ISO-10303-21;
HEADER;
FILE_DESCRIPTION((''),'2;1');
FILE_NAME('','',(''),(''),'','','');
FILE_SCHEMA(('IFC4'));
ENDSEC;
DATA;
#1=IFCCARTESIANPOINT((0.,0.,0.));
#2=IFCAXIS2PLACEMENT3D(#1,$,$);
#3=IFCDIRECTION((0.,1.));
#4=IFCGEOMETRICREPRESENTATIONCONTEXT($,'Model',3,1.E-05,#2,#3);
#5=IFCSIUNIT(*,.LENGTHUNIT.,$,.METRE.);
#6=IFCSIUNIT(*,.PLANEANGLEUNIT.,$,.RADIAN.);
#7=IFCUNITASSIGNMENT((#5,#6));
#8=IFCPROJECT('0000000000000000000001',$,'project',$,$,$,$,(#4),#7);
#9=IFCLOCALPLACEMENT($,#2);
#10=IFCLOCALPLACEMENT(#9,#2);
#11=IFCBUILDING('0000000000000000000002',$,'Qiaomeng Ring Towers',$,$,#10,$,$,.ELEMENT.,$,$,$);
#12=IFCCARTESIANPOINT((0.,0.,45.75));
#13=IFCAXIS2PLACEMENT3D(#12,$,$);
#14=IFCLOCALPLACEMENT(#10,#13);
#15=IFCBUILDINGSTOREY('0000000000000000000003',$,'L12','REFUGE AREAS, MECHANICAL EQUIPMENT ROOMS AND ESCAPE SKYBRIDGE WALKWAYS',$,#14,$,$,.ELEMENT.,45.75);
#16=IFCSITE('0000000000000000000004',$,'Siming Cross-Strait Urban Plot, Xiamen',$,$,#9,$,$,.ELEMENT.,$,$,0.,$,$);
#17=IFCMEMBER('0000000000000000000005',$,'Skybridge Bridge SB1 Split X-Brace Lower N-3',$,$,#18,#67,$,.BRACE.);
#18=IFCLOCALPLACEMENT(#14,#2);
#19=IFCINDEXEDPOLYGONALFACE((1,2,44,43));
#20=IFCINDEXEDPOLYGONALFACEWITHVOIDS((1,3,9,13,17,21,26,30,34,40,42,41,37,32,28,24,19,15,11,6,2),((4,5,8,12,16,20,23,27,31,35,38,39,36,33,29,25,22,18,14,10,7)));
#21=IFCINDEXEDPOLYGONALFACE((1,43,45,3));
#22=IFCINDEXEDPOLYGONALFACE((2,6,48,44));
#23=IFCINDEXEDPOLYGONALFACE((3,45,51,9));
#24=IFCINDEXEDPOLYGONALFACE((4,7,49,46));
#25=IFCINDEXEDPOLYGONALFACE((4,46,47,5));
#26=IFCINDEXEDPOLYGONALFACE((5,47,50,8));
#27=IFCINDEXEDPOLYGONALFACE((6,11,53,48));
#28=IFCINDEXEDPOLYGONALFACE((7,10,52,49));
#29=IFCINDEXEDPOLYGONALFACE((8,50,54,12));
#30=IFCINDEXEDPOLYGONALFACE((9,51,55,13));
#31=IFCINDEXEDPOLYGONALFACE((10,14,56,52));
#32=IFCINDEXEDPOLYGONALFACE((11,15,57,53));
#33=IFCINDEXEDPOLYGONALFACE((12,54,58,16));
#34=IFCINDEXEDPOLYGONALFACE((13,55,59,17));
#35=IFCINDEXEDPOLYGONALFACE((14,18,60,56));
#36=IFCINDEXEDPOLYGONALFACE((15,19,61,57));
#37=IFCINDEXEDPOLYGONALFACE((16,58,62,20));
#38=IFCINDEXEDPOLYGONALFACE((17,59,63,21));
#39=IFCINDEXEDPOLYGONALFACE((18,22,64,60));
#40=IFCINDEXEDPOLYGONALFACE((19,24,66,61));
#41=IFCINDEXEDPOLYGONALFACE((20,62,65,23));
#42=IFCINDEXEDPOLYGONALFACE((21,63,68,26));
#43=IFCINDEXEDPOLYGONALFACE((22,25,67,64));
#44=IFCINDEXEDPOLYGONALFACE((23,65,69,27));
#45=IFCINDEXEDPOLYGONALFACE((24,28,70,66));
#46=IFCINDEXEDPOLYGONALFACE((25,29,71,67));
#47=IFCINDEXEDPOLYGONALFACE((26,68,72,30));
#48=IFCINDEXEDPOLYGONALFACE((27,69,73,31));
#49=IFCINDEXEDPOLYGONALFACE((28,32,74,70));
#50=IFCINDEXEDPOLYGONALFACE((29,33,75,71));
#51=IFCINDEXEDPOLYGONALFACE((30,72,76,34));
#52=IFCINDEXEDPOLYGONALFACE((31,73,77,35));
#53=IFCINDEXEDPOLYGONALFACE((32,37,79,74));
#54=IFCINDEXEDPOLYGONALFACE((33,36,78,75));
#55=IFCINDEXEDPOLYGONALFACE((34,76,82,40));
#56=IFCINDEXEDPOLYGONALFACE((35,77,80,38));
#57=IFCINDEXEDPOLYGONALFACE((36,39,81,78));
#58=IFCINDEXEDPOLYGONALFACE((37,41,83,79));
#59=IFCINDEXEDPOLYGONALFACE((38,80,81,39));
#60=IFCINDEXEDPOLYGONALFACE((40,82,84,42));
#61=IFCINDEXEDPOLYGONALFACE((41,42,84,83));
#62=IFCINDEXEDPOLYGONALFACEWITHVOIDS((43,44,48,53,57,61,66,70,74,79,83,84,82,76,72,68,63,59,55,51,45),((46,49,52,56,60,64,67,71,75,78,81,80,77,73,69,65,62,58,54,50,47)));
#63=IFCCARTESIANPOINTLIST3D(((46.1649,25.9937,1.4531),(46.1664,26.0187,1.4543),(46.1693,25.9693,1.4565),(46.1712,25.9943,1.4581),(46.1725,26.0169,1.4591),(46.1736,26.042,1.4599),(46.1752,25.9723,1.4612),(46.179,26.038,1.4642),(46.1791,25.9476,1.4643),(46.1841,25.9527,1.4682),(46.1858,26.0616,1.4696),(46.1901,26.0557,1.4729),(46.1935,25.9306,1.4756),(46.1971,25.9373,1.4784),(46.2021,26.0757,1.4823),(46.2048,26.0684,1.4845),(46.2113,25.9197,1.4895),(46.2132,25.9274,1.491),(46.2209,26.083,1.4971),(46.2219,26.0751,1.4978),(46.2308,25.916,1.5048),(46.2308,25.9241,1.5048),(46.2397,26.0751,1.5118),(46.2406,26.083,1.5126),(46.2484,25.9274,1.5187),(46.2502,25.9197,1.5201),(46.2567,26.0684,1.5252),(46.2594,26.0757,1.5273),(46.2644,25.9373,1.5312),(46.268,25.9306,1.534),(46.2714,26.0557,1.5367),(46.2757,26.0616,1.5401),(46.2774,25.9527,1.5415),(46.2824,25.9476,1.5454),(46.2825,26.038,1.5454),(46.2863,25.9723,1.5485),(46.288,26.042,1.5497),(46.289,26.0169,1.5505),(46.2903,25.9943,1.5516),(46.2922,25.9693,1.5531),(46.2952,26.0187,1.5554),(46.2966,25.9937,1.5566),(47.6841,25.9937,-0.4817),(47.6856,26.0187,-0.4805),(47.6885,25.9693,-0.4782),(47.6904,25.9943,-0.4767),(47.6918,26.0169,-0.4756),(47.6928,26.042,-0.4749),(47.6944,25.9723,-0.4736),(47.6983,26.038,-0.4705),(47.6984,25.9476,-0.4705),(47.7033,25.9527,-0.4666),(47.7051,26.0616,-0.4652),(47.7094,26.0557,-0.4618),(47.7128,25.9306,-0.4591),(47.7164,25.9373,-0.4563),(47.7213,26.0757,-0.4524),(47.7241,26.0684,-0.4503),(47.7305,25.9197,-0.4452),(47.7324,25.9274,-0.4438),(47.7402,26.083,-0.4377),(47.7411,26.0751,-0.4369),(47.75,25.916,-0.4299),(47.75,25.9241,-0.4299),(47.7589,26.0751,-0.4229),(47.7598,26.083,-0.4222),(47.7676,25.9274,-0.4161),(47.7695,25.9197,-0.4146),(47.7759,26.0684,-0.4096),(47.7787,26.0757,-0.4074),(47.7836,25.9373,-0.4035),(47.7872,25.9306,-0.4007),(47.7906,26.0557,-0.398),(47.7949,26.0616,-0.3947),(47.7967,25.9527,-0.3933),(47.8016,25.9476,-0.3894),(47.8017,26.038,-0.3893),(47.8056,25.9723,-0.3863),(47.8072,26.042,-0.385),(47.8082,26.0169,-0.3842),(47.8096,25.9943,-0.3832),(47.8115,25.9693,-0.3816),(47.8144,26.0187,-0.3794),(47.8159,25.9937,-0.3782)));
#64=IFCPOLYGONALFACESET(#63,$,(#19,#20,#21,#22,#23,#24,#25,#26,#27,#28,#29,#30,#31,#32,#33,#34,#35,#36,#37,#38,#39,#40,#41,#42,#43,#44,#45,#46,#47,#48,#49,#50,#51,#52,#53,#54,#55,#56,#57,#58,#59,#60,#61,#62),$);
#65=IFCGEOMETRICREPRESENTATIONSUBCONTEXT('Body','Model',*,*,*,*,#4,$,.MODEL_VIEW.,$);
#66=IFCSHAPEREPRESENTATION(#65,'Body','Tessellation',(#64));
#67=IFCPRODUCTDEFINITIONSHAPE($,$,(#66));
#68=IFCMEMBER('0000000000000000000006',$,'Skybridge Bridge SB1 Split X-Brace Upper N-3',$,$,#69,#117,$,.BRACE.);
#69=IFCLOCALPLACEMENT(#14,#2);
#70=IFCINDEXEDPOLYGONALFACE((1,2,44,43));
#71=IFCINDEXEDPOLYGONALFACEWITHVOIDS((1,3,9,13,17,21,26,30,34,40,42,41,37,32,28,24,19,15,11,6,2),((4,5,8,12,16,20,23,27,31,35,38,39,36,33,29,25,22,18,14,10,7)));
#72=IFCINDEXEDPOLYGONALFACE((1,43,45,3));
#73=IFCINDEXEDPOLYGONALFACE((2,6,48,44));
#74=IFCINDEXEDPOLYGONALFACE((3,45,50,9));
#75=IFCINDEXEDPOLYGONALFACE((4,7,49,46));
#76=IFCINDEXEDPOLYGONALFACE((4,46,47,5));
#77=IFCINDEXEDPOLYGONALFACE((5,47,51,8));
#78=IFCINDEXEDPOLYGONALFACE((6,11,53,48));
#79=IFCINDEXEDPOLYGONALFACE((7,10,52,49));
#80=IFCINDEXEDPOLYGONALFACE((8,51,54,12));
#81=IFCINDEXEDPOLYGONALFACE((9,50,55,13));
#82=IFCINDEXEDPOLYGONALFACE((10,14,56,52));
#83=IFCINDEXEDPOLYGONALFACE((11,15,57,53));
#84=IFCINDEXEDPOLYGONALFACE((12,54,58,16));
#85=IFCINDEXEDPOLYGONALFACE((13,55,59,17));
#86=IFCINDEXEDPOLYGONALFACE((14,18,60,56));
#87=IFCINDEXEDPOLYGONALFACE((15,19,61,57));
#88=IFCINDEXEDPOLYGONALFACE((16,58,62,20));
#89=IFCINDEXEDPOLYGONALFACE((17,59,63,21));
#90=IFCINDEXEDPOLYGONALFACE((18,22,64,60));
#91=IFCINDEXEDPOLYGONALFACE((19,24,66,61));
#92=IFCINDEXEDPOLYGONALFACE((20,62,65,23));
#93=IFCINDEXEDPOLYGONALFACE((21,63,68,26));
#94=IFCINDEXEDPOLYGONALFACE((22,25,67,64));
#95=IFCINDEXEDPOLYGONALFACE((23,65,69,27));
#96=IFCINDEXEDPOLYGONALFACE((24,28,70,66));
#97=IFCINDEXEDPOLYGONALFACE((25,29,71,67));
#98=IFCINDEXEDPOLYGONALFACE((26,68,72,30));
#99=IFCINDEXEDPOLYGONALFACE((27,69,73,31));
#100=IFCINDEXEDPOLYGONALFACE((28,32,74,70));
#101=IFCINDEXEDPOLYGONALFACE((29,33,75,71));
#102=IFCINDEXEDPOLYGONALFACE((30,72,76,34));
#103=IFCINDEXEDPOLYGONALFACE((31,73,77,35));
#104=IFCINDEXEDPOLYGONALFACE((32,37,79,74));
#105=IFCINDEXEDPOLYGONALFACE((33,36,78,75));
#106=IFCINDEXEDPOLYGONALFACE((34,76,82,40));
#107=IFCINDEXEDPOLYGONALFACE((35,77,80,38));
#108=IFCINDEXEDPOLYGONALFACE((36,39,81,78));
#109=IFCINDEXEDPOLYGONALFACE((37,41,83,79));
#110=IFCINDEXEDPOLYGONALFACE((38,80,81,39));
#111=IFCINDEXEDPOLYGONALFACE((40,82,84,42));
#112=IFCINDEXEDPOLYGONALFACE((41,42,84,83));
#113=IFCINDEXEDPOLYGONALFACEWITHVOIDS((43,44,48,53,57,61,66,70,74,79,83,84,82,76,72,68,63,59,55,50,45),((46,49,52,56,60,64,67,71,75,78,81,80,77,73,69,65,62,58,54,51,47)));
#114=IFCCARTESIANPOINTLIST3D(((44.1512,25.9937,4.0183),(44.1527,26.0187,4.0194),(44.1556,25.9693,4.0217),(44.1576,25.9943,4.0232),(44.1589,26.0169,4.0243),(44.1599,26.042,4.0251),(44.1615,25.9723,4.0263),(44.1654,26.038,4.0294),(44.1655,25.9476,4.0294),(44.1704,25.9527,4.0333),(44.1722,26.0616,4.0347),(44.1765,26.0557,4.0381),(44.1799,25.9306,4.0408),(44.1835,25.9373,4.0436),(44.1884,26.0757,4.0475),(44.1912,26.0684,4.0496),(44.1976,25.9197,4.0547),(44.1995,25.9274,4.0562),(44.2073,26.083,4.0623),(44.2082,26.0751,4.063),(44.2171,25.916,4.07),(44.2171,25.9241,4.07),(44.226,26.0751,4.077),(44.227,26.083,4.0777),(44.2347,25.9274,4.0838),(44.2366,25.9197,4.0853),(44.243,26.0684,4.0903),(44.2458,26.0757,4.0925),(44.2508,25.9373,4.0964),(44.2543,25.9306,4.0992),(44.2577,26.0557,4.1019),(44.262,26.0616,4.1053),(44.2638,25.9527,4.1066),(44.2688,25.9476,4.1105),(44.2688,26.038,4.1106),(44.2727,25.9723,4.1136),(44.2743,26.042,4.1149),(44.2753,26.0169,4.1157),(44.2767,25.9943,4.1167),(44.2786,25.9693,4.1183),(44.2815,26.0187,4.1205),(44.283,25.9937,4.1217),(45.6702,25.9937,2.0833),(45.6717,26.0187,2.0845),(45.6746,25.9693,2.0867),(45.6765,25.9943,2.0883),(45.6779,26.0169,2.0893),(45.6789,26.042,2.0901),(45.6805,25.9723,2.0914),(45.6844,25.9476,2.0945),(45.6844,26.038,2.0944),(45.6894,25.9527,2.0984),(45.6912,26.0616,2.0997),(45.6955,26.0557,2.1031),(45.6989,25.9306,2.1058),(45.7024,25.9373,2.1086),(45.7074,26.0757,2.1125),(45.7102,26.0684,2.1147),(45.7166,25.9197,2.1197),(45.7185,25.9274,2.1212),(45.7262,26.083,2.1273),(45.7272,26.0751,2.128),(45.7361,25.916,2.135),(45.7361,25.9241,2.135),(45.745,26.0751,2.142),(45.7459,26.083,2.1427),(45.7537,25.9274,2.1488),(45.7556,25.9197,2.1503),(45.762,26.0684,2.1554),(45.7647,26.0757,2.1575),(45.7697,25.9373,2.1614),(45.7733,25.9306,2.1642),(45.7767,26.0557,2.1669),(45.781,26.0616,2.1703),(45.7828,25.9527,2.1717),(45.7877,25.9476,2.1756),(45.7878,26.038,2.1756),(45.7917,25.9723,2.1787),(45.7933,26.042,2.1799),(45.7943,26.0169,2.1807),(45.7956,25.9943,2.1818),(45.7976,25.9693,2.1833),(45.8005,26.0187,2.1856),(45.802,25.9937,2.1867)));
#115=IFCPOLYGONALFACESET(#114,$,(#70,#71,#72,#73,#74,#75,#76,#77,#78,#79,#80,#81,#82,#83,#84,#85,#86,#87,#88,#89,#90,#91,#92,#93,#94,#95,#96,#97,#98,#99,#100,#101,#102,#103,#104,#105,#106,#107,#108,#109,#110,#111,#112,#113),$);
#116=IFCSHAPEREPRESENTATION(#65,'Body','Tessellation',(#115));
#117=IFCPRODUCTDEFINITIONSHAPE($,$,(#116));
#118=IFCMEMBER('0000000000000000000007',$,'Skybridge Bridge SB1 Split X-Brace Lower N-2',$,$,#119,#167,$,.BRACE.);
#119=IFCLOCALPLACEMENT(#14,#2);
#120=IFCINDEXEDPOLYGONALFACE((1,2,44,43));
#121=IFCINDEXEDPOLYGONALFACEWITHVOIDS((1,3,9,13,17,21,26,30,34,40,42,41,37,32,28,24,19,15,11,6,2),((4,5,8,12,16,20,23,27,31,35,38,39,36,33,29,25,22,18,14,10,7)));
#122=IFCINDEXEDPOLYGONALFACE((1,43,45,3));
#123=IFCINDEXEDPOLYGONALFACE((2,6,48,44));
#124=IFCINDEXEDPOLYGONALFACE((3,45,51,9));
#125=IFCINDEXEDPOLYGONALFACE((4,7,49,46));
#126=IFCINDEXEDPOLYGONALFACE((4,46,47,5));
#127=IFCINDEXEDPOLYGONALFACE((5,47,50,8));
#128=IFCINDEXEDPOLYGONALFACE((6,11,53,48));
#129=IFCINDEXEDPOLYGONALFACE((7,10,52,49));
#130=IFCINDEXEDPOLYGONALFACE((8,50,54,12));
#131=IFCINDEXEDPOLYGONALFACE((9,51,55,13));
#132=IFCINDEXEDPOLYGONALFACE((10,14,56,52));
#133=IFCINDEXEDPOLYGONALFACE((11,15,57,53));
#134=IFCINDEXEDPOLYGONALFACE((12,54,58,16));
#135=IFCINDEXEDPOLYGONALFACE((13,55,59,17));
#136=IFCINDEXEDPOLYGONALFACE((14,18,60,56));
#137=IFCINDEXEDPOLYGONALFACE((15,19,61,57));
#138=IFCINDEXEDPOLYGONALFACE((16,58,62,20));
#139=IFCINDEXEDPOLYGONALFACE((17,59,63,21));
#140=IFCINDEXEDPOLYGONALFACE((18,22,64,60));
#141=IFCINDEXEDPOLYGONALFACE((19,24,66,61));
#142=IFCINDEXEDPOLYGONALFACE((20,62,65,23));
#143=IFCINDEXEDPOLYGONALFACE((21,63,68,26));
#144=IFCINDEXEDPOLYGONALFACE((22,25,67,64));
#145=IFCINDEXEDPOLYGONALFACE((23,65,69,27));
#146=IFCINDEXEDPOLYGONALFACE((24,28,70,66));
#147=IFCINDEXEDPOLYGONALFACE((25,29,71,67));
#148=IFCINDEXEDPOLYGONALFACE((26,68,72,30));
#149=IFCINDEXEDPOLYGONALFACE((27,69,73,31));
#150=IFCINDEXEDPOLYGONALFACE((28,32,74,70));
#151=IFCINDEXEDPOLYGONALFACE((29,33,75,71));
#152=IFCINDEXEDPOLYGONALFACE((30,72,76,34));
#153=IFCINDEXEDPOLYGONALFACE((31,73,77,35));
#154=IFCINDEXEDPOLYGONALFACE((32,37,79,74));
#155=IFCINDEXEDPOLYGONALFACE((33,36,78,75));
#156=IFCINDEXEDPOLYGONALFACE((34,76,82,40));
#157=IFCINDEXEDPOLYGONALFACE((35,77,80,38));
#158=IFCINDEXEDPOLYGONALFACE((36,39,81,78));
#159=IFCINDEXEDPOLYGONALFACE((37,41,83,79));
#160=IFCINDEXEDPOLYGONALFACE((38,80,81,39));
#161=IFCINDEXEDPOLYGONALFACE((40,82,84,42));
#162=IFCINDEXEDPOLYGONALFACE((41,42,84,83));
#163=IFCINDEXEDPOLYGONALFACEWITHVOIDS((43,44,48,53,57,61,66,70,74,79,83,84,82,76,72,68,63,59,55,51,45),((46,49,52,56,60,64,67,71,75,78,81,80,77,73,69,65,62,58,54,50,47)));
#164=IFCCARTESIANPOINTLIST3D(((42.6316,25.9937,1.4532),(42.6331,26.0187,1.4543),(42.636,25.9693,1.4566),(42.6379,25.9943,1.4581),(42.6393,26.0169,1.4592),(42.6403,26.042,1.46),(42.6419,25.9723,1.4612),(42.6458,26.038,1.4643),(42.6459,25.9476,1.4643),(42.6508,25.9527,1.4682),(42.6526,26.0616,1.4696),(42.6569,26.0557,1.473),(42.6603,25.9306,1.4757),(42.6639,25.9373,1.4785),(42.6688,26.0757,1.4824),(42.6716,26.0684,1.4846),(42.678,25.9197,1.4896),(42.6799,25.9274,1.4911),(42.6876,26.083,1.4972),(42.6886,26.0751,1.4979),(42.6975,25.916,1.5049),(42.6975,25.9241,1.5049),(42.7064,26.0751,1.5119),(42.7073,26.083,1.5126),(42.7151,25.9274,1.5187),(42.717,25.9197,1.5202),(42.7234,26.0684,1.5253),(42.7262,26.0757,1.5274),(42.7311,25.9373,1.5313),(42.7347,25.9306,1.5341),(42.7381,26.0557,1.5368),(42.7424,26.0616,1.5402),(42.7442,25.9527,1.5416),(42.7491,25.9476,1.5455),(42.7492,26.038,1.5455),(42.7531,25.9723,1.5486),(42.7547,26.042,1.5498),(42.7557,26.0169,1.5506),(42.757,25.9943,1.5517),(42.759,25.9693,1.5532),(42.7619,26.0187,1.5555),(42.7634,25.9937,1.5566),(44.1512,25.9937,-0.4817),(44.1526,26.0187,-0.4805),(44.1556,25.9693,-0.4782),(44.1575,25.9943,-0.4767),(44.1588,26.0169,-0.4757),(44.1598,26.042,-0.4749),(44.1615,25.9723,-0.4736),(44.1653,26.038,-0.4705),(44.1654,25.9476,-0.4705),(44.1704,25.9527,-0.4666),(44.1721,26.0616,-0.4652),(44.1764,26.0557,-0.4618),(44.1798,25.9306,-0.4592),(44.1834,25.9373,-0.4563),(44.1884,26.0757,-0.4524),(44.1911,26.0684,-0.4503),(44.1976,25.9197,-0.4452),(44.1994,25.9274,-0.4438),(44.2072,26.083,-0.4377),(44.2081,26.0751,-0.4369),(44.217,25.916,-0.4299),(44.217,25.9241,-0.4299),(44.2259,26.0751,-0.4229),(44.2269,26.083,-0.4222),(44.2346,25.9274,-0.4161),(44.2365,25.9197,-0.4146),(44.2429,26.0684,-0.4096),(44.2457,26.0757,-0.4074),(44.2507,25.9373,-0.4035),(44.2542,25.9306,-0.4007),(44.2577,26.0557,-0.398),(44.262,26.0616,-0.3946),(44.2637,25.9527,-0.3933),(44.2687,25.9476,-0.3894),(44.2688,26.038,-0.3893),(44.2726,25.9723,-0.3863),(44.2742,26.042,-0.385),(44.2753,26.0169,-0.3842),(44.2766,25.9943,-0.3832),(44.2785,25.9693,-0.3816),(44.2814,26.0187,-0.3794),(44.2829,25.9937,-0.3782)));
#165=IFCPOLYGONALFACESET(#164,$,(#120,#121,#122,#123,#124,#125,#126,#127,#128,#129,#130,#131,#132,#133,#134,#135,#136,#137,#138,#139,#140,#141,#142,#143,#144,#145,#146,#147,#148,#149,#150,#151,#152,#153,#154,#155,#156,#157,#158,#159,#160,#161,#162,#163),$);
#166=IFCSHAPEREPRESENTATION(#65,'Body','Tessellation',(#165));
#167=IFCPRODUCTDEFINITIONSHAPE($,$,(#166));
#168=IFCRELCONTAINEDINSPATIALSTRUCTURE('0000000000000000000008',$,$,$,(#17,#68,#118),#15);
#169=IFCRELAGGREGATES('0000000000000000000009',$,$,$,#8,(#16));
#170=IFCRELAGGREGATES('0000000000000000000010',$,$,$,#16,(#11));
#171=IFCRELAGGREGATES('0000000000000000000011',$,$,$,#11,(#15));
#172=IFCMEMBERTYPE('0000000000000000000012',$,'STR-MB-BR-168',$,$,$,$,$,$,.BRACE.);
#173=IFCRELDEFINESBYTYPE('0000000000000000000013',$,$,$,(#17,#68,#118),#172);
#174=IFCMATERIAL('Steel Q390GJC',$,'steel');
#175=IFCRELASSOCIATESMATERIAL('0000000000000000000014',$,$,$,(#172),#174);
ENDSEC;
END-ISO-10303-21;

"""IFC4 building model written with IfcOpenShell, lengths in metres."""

from ifc_helpers import new_model, si_unit, direction, frame, origin, origin_2d, place, context, subcontext, project, spatial, hollow_circle, extrude, source, transform, mapped, material, material_profile, profile_set, type_object, element, save


model = new_model("IFC4")

# Units and contexts
model_context = context("Model", 3, precision=1e-05, world=origin(), true_north=direction((0.0, 1.0)))
body_context = subcontext(model_context, "Body", "Model", "MODEL_VIEW")
ifc_project = project(units=[si_unit("LENGTHUNIT", "METRE"), si_unit("PLANEANGLEUNIT", "RADIAN")], contexts=[model_context])

# Site, building, storey
site_placement = place(None, origin())
site = spatial("IfcSite", under=ifc_project, at=site_placement, Name="Siming Cross-Strait Urban Plot, Xiamen", CompositionType="ELEMENT", RefElevation=0.0)
building_placement = place(site_placement, origin())
building = spatial("IfcBuilding", under=site, at=building_placement, Name="Qiaomeng Ring Towers", CompositionType="ELEMENT")
storey_placement = place(building_placement, frame((0.0, 0.0, 45.75)))
storey = spatial("IfcBuildingStorey", under=building, at=storey_placement, Name="L12", Description="REFUGE AREAS, MECHANICAL EQUIPMENT ROOMS AND ESCAPE SKYBRIDGE WALKWAYS", CompositionType="ELEMENT", Elevation=45.75)

# Shared definitions
ifc_material_1 = material(Name="Steel Q390GJC", Category="steel")

# Members
ifc_material_profile_1 = material_profile(ifc_material_1, hollow_circle(Radius=0.084, WallThickness=0.0081, at=origin_2d()), Name="CHS 168x8")
ifc_profile_set_1 = profile_set([ifc_material_profile_1], Name="Steel Q390GJC")
member_type_1 = type_object("IfcMemberType", Name="STR-MB-BR-168", PredefinedType="BRACE", material=ifc_profile_set_1)
shared_shape_1 = source(origin(), body_context, "Body", "SweptSolid", [
    extrude(hollow_circle(Radius=0.084, WallThickness=0.0081, at=origin_2d()), origin(), (0.0, 0.0, 1.0), 2.46),
])
for number, where, z_axis, x_axis, name in (
    (1, (47.75, 26.0, -0.4299), (-0.617589, 0.0, 0.786501), (0.0, -1.0, 0.0), "Skybridge Bridge SB1 Split X-Brace Lower N-3"),
    (2, (45.7361, 26.0, 2.135), (-0.61748, 0.0, 0.786587), (0.0, -1.0, 0.0), "Skybridge Bridge SB1 Split X-Brace Upper N-3"),
):
    element("IfcMember", number, at=place(storey_placement, frame(where, z_axis=z_axis, x_axis=x_axis)), inside=storey, type_object=member_type_1, Name=name, PredefinedType="BRACE", context=body_context, shape_type="MappedRepresentation", body=[
        mapped(shared_shape_1, transform((0.0, 0.0, 0.0), x_axis=(1.0, 0.0, 0.0), y_axis=(0.0, 1.0, 0.0), z_axis=(0.0, 0.0, 1.0), scale=1.0)),
    ])
shared_shape_2 = source(origin(), body_context, "Body", "SweptSolid", [
    extrude(hollow_circle(Radius=0.084, WallThickness=0.0081, at=origin_2d()), origin(), (0.0, 0.0, 1.0), 2.4602),
])
member_1_placement = place(storey_placement, frame((44.217, 26.0, -0.4299), z_axis=(-0.617651, 0.0, 0.786453), x_axis=(0.0, -1.0, 0.0)))
element("IfcMember", 3, at=member_1_placement, inside=storey, type_object=member_type_1, Name="Skybridge Bridge SB1 Split X-Brace Lower N-2", PredefinedType="BRACE", context=body_context, shape_type="MappedRepresentation", body=[
    mapped(shared_shape_2, transform((0.0, 0.0, 0.0), x_axis=(1.0, 0.0, 0.0), y_axis=(0.0, 1.0, 0.0), z_axis=(0.0, 0.0, 1.0), scale=1.0)),
])

save(model, "model.ifc")
